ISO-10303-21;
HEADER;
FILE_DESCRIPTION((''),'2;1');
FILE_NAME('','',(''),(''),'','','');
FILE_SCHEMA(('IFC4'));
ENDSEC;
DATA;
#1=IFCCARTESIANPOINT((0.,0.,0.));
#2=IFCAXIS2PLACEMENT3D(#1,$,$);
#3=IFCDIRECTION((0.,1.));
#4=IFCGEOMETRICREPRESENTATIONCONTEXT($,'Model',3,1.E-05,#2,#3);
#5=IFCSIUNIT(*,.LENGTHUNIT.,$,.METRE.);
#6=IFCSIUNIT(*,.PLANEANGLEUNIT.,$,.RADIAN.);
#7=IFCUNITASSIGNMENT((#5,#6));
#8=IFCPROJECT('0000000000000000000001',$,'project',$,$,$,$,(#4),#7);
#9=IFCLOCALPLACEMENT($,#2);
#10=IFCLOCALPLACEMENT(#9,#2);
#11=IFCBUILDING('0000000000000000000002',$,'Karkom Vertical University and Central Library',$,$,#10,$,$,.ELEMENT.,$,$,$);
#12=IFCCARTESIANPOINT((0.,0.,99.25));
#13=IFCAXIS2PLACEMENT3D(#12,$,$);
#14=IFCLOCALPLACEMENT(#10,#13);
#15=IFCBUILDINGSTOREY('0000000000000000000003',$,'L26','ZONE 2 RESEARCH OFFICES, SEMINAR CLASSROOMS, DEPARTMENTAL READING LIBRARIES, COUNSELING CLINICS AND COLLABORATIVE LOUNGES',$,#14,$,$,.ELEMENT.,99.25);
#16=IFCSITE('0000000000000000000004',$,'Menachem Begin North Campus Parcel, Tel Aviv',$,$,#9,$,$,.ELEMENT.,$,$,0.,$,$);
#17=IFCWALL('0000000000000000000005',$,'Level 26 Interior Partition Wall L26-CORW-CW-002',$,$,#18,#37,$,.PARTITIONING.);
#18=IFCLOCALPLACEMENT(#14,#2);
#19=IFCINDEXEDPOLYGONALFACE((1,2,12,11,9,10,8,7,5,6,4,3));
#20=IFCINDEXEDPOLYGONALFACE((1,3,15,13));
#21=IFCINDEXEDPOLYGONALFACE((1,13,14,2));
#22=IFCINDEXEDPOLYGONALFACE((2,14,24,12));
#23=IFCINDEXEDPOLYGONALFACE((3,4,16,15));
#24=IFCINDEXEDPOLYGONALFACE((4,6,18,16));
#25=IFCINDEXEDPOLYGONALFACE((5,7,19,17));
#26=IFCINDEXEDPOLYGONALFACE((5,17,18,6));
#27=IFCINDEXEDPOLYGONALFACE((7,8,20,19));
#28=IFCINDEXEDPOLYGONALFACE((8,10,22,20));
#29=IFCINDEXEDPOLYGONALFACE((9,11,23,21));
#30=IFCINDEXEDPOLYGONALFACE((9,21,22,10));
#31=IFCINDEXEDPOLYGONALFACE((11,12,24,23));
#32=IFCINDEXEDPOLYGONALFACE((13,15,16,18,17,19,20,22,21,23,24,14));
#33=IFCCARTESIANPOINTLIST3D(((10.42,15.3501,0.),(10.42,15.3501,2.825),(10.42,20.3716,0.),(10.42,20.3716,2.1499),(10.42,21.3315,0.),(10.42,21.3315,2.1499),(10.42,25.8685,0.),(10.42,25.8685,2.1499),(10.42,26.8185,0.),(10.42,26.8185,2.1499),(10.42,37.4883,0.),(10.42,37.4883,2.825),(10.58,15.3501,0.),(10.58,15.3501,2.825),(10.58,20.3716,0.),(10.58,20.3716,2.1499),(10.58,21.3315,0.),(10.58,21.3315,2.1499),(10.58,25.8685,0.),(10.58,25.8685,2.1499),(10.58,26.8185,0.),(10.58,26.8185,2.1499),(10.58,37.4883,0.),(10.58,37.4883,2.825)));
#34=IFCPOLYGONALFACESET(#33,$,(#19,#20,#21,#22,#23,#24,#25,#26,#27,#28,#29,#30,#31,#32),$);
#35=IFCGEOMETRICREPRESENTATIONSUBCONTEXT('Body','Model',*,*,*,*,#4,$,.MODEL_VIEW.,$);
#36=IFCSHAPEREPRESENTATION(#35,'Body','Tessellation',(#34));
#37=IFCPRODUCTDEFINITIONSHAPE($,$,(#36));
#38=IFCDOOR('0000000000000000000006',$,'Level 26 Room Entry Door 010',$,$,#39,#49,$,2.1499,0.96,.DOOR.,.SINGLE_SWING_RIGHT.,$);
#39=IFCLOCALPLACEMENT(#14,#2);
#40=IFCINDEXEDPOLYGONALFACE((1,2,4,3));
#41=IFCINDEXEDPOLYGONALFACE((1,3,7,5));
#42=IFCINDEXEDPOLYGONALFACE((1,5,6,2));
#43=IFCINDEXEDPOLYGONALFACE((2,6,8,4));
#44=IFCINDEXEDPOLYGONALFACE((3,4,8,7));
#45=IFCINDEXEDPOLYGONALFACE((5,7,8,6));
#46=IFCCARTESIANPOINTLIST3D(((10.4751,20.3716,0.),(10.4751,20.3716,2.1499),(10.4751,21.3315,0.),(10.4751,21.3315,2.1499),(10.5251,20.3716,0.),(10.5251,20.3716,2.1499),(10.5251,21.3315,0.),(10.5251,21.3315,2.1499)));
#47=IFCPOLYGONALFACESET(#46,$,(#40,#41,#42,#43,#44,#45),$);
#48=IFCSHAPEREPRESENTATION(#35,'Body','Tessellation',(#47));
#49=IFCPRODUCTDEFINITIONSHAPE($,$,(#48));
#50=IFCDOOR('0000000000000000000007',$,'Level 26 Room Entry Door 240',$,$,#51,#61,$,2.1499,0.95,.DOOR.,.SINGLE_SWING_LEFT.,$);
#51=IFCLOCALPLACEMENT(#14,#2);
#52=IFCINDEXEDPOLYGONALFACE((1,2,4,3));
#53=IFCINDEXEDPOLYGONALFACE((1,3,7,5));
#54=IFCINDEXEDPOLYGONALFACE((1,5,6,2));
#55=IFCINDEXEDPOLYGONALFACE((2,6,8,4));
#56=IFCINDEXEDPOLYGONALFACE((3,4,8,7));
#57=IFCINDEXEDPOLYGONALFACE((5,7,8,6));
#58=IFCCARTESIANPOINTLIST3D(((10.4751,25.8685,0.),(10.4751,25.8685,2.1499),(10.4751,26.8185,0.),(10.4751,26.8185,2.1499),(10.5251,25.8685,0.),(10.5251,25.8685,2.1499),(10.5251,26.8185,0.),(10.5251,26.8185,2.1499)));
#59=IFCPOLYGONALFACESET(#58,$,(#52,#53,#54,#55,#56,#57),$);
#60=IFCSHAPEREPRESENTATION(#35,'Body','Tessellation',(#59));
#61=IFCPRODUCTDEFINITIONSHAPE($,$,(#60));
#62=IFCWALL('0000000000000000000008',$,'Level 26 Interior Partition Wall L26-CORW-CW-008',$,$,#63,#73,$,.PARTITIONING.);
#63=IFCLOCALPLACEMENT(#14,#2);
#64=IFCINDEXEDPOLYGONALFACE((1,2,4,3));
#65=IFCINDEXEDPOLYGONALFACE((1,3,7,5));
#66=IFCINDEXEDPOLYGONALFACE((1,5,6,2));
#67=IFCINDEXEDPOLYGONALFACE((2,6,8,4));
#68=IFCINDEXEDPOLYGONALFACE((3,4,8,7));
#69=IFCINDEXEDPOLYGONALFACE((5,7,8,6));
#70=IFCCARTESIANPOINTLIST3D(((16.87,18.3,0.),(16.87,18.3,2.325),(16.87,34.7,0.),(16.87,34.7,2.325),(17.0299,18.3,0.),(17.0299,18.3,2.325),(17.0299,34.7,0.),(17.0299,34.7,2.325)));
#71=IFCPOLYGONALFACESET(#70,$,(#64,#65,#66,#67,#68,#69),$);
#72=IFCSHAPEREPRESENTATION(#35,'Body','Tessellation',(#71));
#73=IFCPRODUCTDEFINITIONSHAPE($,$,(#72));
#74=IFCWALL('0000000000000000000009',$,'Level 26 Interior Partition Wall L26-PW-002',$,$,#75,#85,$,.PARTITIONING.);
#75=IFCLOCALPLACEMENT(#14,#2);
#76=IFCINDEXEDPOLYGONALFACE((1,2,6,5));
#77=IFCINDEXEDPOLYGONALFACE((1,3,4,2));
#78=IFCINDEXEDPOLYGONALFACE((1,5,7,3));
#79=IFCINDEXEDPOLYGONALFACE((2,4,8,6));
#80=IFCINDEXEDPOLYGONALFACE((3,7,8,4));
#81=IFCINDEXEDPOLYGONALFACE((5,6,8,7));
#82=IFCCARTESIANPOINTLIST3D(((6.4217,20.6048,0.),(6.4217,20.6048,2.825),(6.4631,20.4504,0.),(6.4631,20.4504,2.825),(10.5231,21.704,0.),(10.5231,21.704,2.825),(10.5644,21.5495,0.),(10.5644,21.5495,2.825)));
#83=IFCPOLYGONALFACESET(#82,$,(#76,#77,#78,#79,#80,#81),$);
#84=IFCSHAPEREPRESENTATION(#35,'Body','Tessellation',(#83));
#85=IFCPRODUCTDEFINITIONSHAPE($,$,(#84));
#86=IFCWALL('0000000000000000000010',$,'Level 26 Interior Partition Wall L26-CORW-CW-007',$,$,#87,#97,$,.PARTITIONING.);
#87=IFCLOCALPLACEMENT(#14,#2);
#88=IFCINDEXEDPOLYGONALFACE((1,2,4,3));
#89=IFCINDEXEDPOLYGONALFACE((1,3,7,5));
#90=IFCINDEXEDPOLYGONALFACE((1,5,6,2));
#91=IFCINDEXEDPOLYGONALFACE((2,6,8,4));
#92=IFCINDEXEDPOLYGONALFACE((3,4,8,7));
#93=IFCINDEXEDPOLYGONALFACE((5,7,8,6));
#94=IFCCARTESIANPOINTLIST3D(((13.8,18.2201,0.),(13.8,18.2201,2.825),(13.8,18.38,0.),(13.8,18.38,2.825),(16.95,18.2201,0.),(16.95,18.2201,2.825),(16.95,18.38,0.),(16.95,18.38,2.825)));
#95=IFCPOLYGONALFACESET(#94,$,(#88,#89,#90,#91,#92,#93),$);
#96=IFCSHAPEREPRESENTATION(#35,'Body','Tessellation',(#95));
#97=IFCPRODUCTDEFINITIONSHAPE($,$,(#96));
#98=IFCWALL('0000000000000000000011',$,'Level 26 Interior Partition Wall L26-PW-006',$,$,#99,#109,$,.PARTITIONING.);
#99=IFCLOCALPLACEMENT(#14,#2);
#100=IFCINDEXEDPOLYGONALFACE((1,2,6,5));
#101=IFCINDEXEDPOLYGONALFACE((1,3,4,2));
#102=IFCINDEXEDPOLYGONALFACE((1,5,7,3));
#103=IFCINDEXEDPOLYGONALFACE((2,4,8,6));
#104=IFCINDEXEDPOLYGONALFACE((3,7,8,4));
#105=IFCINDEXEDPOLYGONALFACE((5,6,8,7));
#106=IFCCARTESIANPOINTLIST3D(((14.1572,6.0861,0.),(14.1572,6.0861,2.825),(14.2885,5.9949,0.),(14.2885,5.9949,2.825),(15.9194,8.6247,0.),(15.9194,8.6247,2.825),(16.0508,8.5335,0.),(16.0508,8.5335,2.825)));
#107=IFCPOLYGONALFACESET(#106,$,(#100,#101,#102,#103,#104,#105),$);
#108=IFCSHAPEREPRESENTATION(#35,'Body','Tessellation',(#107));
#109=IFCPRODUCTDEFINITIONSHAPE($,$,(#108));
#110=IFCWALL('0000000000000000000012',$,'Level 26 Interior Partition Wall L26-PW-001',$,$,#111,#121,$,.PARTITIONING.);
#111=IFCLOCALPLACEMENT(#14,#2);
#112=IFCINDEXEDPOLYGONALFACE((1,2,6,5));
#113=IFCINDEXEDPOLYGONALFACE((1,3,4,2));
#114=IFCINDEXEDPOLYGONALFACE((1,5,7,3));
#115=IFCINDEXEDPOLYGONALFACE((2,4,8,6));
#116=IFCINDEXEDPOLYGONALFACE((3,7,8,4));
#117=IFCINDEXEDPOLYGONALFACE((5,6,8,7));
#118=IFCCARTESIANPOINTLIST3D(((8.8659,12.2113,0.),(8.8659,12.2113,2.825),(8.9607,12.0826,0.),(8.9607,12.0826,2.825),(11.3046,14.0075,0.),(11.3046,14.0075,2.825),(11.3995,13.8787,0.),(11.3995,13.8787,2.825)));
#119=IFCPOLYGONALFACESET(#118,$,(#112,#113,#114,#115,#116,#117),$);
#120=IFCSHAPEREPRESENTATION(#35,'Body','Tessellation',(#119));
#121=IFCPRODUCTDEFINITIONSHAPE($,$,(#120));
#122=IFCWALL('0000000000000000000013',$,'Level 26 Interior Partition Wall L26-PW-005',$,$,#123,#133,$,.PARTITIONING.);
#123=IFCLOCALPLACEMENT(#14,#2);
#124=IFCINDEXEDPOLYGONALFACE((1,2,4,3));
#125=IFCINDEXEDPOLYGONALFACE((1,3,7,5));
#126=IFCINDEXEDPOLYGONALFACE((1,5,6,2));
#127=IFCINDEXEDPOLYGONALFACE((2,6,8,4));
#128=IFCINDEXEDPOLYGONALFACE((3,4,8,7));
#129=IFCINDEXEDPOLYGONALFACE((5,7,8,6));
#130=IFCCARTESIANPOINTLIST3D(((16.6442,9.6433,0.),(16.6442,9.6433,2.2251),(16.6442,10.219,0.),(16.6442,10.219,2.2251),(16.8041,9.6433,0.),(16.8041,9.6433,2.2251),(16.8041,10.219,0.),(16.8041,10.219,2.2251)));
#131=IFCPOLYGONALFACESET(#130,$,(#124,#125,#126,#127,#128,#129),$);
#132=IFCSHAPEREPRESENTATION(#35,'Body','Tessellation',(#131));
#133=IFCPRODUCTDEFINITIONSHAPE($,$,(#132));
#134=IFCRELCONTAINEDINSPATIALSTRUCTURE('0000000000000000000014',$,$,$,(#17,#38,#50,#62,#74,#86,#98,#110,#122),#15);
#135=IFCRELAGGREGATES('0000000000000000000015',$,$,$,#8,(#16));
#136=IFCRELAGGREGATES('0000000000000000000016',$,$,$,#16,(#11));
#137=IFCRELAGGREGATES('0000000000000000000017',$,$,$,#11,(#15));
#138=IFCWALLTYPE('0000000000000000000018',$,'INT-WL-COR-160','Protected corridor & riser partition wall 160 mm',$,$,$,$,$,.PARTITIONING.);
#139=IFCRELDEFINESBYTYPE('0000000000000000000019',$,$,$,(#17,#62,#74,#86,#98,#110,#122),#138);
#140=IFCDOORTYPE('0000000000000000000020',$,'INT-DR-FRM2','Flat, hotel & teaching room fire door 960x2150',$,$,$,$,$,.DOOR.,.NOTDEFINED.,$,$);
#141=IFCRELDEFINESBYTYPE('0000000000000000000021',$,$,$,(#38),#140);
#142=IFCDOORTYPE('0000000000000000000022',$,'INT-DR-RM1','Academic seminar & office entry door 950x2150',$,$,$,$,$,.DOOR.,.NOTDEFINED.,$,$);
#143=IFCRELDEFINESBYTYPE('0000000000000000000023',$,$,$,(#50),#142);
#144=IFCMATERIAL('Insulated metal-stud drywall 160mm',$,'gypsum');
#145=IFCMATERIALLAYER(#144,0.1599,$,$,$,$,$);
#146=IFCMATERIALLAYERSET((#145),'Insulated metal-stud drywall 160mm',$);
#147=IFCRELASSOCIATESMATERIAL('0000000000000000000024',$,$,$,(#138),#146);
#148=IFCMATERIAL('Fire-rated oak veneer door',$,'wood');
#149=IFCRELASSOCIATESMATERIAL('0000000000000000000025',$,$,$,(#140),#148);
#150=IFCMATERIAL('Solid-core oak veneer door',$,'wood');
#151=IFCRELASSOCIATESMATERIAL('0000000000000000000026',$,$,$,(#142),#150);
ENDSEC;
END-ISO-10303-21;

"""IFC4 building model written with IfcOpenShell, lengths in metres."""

from ifc_helpers import new_model, si_unit, direction, frame, frame_2d, origin, origin_with_axes, place, context, subcontext, project, spatial, rectangle, extrude, source, transform, mapped, material, layer, layer_set, type_object, element, fill, save


model = new_model("IFC4")

# Units and contexts
model_context = context("Model", 3, precision=1e-05, world=origin(), true_north=direction((0.0, 1.0)))
body_context = subcontext(model_context, "Body", "Model", "MODEL_VIEW")
ifc_project = project(units=[si_unit("LENGTHUNIT", "METRE"), si_unit("PLANEANGLEUNIT", "RADIAN")], contexts=[model_context])

# Site, building, storey
site_placement = place(None, origin())
site = spatial("IfcSite", under=ifc_project, at=site_placement, Name="Menachem Begin North Campus Parcel, Tel Aviv", CompositionType="ELEMENT", RefElevation=0.0)
building_placement = place(site_placement, origin())
building = spatial("IfcBuilding", under=site, at=building_placement, Name="Karkom Vertical University and Central Library", CompositionType="ELEMENT")
storey_placement = place(building_placement, frame((0.0, 0.0, 99.25)))
storey = spatial("IfcBuildingStorey", under=building, at=storey_placement, Name="L26", Description="ZONE 2 RESEARCH OFFICES, SEMINAR CLASSROOMS, DEPARTMENTAL READING LIBRARIES, COUNSELING CLINICS AND COLLABORATIVE LOUNGES", CompositionType="ELEMENT", Elevation=99.25)

# Wall, openings, doors
ifc_material_1 = material(Name="Insulated metal-stud drywall 160mm", Category="gypsum")
ifc_layer_1 = layer(ifc_material_1, 0.1599)
ifc_layer_set_1 = layer_set([ifc_layer_1], Name="Insulated metal-stud drywall 160mm")
wall_type_1 = type_object("IfcWallType", Name="INT-WL-COR-160", Description="Protected corridor & riser partition wall 160 mm", PredefinedType="PARTITIONING", material=ifc_layer_set_1)
wall_1_placement = place(storey_placement, frame((10.5, 15.3501, 0.0), z_axis=(0.0, 0.0, 1.0), x_axis=(0.0, 1.0, 0.0)))
wall_1 = element("IfcWall", 1, at=wall_1_placement, inside=storey, type_object=wall_type_1, Name="Level 26 Interior Partition Wall L26-CORW-CW-002", PredefinedType="PARTITIONING", context=body_context, shape_type="SweptSolid", body=[
    extrude(rectangle(XDim=22.1382, YDim=0.1599, at=frame_2d((11.0691, 0.0))), origin(), (0.0, 0.0, 1.0), 2.825),
])
opening_1_placement = place(wall_1_placement, frame((5.0215, 0.0, 0.0)))
opening_1 = element("IfcOpeningElement", 2, at=opening_1_placement, cuts=wall_1, PredefinedType="OPENING", context=body_context, shape_type="SweptSolid", body=[
    extrude(rectangle(XDim=0.96, YDim=2.1499, at=frame_2d((0.48, 1.075))), frame((0.0, 0.0898, 0.0), z_axis=(0.0, -1.0, 0.0), x_axis=(1.0, 0.0, 0.0)), (0.0, 0.0, 1.0), 0.1799),
])
opening_2_placement = place(wall_1_placement, frame((10.5183, 0.0, 0.0)))
opening_2 = element("IfcOpeningElement", 3, at=opening_2_placement, cuts=wall_1, PredefinedType="OPENING", context=body_context, shape_type="SweptSolid", body=[
    extrude(rectangle(XDim=0.95, YDim=2.1499, at=frame_2d((0.4751, 1.075))), frame((0.0, 0.0898, 0.0), z_axis=(0.0, -1.0, 0.0), x_axis=(1.0, 0.0, 0.0)), (0.0, 0.0, 1.0), 0.1799),
])
ifc_material_2 = material(Name="Fire-rated oak veneer door", Category="wood")
door_type_1 = type_object("IfcDoorType", Name="INT-DR-FRM2", Description="Flat, hotel & teaching room fire door 960x2150", OperationType="NOTDEFINED", PredefinedType="DOOR", material=ifc_material_2)
shared_shape_1 = source(origin_with_axes(), body_context, "Body", "SweptSolid", [
    extrude(rectangle(XDim=0.96, YDim=2.1499, at=frame_2d((0.48, 1.075))), frame((0.0, 0.0249, 0.0), z_axis=(0.0, -1.0, 0.0), x_axis=(1.0, 0.0, 0.0)), (0.0, 0.0, 1.0), 0.05),
])
door_1_placement = place(opening_1_placement, origin())
door_1 = element("IfcDoor", 4, at=door_1_placement, inside=storey, type_object=door_type_1, Name="Level 26 Room Entry Door 010", OperationType="SINGLE_SWING_RIGHT", OverallHeight=2.1499, OverallWidth=0.96, PredefinedType="DOOR", context=body_context, shape_type="MappedRepresentation", body=[
    mapped(shared_shape_1, transform((0.0, 0.0, 0.0), scale=1.0)),
])
fill(opening_1, door_1)
ifc_material_3 = material(Name="Solid-core oak veneer door", Category="wood")
door_type_2 = type_object("IfcDoorType", Name="INT-DR-RM1", Description="Academic seminar & office entry door 950x2150", OperationType="NOTDEFINED", PredefinedType="DOOR", material=ifc_material_3)
shared_shape_2 = source(origin_with_axes(), body_context, "Body", "SweptSolid", [
    extrude(rectangle(XDim=0.95, YDim=2.1499, at=frame_2d((0.4751, 1.075))), frame((0.0, 0.0249, 0.0), z_axis=(0.0, -1.0, 0.0), x_axis=(1.0, 0.0, 0.0)), (0.0, 0.0, 1.0), 0.05),
])
door_2_placement = place(opening_2_placement, origin())
door_2 = element("IfcDoor", 5, at=door_2_placement, inside=storey, type_object=door_type_2, Name="Level 26 Room Entry Door 240", OperationType="SINGLE_SWING_LEFT", OverallHeight=2.1499, OverallWidth=0.95, PredefinedType="DOOR", context=body_context, shape_type="MappedRepresentation", body=[
    mapped(shared_shape_2, transform((0.0, 0.0, 0.0), scale=1.0)),
])
fill(opening_2, door_2)

# Walls
wall_2_placement = place(storey_placement, frame((16.95, 18.3, 0.0), z_axis=(0.0, 0.0, 1.0), x_axis=(0.0, 1.0, 0.0)))
element("IfcWall", 6, at=wall_2_placement, inside=storey, type_object=wall_type_1, Name="Level 26 Interior Partition Wall L26-CORW-CW-008", PredefinedType="PARTITIONING", context=body_context, shape_type="SweptSolid", body=[
    extrude(rectangle(XDim=16.3999, YDim=0.1599, at=frame_2d((8.2, 0.0))), origin(), (0.0, 0.0, 1.0), 2.325),
])
wall_3_placement = place(storey_placement, frame((6.4424, 20.5276, 0.0), z_axis=(0.0, 0.0, 1.0), x_axis=(0.965915, 0.258858, 0.0)))
element("IfcWall", 7, at=wall_3_placement, inside=storey, type_object=wall_type_1, Name="Level 26 Interior Partition Wall L26-PW-002", PredefinedType="PARTITIONING", context=body_context, shape_type="SweptSolid", body=[
    extrude(rectangle(XDim=4.2461, YDim=0.1599, at=frame_2d((2.123, 0.0))), origin(), (0.0, 0.0, 1.0), 2.825),
])
wall_4_placement = place(storey_placement, frame((13.8, 18.3, 0.0), z_axis=(0.0, 0.0, 1.0), x_axis=(1.0, 0.0, 0.0)))
element("IfcWall", 8, at=wall_4_placement, inside=storey, type_object=wall_type_1, Name="Level 26 Interior Partition Wall L26-CORW-CW-007", PredefinedType="PARTITIONING", context=body_context, shape_type="SweptSolid", body=[
    extrude(rectangle(XDim=3.1499, YDim=0.1599, at=frame_2d((1.575, 0.0))), origin(), (0.0, 0.0, 1.0), 2.825),
])
wall_5_placement = place(storey_placement, frame((15.9851, 8.5791, 0.0), z_axis=(0.0, 0.0, 1.0), x_axis=(-0.570245, -0.821475, 0.0)))
element("IfcWall", 9, at=wall_5_placement, inside=storey, type_object=wall_type_1, Name="Level 26 Interior Partition Wall L26-PW-006", PredefinedType="PARTITIONING", context=body_context, shape_type="SweptSolid", body=[
    extrude(rectangle(XDim=3.0903, YDim=0.1599, at=frame_2d((1.5452, 0.0))), origin(), (0.0, 0.0, 1.0), 2.825),
])
wall_6_placement = place(storey_placement, frame((11.3521, 13.9431, 0.0), z_axis=(0.0, 0.0, 1.0), x_axis=(-0.805183, -0.593026, 0.0)))
element("IfcWall", 10, at=wall_6_placement, inside=storey, type_object=wall_type_1, Name="Level 26 Interior Partition Wall L26-PW-001", PredefinedType="PARTITIONING", context=body_context, shape_type="SweptSolid", body=[
    extrude(rectangle(XDim=3.0288, YDim=0.1599, at=frame_2d((1.5144, 0.0))), origin(), (0.0, 0.0, 1.0), 2.825),
])
wall_7_placement = place(storey_placement, frame((16.7241, 9.6433, 0.0), z_axis=(0.0, 0.0, 1.0), x_axis=(0.0, 1.0, 0.0)))
element("IfcWall", 11, at=wall_7_placement, inside=storey, type_object=wall_type_1, Name="Level 26 Interior Partition Wall L26-PW-005", PredefinedType="PARTITIONING", context=body_context, shape_type="SweptSolid", body=[
    extrude(rectangle(XDim=0.5757, YDim=0.1599, at=frame_2d((0.2878, 0.0))), origin(), (0.0, 0.0, 1.0), 2.2251),
])

save(model, "model.ifc")
